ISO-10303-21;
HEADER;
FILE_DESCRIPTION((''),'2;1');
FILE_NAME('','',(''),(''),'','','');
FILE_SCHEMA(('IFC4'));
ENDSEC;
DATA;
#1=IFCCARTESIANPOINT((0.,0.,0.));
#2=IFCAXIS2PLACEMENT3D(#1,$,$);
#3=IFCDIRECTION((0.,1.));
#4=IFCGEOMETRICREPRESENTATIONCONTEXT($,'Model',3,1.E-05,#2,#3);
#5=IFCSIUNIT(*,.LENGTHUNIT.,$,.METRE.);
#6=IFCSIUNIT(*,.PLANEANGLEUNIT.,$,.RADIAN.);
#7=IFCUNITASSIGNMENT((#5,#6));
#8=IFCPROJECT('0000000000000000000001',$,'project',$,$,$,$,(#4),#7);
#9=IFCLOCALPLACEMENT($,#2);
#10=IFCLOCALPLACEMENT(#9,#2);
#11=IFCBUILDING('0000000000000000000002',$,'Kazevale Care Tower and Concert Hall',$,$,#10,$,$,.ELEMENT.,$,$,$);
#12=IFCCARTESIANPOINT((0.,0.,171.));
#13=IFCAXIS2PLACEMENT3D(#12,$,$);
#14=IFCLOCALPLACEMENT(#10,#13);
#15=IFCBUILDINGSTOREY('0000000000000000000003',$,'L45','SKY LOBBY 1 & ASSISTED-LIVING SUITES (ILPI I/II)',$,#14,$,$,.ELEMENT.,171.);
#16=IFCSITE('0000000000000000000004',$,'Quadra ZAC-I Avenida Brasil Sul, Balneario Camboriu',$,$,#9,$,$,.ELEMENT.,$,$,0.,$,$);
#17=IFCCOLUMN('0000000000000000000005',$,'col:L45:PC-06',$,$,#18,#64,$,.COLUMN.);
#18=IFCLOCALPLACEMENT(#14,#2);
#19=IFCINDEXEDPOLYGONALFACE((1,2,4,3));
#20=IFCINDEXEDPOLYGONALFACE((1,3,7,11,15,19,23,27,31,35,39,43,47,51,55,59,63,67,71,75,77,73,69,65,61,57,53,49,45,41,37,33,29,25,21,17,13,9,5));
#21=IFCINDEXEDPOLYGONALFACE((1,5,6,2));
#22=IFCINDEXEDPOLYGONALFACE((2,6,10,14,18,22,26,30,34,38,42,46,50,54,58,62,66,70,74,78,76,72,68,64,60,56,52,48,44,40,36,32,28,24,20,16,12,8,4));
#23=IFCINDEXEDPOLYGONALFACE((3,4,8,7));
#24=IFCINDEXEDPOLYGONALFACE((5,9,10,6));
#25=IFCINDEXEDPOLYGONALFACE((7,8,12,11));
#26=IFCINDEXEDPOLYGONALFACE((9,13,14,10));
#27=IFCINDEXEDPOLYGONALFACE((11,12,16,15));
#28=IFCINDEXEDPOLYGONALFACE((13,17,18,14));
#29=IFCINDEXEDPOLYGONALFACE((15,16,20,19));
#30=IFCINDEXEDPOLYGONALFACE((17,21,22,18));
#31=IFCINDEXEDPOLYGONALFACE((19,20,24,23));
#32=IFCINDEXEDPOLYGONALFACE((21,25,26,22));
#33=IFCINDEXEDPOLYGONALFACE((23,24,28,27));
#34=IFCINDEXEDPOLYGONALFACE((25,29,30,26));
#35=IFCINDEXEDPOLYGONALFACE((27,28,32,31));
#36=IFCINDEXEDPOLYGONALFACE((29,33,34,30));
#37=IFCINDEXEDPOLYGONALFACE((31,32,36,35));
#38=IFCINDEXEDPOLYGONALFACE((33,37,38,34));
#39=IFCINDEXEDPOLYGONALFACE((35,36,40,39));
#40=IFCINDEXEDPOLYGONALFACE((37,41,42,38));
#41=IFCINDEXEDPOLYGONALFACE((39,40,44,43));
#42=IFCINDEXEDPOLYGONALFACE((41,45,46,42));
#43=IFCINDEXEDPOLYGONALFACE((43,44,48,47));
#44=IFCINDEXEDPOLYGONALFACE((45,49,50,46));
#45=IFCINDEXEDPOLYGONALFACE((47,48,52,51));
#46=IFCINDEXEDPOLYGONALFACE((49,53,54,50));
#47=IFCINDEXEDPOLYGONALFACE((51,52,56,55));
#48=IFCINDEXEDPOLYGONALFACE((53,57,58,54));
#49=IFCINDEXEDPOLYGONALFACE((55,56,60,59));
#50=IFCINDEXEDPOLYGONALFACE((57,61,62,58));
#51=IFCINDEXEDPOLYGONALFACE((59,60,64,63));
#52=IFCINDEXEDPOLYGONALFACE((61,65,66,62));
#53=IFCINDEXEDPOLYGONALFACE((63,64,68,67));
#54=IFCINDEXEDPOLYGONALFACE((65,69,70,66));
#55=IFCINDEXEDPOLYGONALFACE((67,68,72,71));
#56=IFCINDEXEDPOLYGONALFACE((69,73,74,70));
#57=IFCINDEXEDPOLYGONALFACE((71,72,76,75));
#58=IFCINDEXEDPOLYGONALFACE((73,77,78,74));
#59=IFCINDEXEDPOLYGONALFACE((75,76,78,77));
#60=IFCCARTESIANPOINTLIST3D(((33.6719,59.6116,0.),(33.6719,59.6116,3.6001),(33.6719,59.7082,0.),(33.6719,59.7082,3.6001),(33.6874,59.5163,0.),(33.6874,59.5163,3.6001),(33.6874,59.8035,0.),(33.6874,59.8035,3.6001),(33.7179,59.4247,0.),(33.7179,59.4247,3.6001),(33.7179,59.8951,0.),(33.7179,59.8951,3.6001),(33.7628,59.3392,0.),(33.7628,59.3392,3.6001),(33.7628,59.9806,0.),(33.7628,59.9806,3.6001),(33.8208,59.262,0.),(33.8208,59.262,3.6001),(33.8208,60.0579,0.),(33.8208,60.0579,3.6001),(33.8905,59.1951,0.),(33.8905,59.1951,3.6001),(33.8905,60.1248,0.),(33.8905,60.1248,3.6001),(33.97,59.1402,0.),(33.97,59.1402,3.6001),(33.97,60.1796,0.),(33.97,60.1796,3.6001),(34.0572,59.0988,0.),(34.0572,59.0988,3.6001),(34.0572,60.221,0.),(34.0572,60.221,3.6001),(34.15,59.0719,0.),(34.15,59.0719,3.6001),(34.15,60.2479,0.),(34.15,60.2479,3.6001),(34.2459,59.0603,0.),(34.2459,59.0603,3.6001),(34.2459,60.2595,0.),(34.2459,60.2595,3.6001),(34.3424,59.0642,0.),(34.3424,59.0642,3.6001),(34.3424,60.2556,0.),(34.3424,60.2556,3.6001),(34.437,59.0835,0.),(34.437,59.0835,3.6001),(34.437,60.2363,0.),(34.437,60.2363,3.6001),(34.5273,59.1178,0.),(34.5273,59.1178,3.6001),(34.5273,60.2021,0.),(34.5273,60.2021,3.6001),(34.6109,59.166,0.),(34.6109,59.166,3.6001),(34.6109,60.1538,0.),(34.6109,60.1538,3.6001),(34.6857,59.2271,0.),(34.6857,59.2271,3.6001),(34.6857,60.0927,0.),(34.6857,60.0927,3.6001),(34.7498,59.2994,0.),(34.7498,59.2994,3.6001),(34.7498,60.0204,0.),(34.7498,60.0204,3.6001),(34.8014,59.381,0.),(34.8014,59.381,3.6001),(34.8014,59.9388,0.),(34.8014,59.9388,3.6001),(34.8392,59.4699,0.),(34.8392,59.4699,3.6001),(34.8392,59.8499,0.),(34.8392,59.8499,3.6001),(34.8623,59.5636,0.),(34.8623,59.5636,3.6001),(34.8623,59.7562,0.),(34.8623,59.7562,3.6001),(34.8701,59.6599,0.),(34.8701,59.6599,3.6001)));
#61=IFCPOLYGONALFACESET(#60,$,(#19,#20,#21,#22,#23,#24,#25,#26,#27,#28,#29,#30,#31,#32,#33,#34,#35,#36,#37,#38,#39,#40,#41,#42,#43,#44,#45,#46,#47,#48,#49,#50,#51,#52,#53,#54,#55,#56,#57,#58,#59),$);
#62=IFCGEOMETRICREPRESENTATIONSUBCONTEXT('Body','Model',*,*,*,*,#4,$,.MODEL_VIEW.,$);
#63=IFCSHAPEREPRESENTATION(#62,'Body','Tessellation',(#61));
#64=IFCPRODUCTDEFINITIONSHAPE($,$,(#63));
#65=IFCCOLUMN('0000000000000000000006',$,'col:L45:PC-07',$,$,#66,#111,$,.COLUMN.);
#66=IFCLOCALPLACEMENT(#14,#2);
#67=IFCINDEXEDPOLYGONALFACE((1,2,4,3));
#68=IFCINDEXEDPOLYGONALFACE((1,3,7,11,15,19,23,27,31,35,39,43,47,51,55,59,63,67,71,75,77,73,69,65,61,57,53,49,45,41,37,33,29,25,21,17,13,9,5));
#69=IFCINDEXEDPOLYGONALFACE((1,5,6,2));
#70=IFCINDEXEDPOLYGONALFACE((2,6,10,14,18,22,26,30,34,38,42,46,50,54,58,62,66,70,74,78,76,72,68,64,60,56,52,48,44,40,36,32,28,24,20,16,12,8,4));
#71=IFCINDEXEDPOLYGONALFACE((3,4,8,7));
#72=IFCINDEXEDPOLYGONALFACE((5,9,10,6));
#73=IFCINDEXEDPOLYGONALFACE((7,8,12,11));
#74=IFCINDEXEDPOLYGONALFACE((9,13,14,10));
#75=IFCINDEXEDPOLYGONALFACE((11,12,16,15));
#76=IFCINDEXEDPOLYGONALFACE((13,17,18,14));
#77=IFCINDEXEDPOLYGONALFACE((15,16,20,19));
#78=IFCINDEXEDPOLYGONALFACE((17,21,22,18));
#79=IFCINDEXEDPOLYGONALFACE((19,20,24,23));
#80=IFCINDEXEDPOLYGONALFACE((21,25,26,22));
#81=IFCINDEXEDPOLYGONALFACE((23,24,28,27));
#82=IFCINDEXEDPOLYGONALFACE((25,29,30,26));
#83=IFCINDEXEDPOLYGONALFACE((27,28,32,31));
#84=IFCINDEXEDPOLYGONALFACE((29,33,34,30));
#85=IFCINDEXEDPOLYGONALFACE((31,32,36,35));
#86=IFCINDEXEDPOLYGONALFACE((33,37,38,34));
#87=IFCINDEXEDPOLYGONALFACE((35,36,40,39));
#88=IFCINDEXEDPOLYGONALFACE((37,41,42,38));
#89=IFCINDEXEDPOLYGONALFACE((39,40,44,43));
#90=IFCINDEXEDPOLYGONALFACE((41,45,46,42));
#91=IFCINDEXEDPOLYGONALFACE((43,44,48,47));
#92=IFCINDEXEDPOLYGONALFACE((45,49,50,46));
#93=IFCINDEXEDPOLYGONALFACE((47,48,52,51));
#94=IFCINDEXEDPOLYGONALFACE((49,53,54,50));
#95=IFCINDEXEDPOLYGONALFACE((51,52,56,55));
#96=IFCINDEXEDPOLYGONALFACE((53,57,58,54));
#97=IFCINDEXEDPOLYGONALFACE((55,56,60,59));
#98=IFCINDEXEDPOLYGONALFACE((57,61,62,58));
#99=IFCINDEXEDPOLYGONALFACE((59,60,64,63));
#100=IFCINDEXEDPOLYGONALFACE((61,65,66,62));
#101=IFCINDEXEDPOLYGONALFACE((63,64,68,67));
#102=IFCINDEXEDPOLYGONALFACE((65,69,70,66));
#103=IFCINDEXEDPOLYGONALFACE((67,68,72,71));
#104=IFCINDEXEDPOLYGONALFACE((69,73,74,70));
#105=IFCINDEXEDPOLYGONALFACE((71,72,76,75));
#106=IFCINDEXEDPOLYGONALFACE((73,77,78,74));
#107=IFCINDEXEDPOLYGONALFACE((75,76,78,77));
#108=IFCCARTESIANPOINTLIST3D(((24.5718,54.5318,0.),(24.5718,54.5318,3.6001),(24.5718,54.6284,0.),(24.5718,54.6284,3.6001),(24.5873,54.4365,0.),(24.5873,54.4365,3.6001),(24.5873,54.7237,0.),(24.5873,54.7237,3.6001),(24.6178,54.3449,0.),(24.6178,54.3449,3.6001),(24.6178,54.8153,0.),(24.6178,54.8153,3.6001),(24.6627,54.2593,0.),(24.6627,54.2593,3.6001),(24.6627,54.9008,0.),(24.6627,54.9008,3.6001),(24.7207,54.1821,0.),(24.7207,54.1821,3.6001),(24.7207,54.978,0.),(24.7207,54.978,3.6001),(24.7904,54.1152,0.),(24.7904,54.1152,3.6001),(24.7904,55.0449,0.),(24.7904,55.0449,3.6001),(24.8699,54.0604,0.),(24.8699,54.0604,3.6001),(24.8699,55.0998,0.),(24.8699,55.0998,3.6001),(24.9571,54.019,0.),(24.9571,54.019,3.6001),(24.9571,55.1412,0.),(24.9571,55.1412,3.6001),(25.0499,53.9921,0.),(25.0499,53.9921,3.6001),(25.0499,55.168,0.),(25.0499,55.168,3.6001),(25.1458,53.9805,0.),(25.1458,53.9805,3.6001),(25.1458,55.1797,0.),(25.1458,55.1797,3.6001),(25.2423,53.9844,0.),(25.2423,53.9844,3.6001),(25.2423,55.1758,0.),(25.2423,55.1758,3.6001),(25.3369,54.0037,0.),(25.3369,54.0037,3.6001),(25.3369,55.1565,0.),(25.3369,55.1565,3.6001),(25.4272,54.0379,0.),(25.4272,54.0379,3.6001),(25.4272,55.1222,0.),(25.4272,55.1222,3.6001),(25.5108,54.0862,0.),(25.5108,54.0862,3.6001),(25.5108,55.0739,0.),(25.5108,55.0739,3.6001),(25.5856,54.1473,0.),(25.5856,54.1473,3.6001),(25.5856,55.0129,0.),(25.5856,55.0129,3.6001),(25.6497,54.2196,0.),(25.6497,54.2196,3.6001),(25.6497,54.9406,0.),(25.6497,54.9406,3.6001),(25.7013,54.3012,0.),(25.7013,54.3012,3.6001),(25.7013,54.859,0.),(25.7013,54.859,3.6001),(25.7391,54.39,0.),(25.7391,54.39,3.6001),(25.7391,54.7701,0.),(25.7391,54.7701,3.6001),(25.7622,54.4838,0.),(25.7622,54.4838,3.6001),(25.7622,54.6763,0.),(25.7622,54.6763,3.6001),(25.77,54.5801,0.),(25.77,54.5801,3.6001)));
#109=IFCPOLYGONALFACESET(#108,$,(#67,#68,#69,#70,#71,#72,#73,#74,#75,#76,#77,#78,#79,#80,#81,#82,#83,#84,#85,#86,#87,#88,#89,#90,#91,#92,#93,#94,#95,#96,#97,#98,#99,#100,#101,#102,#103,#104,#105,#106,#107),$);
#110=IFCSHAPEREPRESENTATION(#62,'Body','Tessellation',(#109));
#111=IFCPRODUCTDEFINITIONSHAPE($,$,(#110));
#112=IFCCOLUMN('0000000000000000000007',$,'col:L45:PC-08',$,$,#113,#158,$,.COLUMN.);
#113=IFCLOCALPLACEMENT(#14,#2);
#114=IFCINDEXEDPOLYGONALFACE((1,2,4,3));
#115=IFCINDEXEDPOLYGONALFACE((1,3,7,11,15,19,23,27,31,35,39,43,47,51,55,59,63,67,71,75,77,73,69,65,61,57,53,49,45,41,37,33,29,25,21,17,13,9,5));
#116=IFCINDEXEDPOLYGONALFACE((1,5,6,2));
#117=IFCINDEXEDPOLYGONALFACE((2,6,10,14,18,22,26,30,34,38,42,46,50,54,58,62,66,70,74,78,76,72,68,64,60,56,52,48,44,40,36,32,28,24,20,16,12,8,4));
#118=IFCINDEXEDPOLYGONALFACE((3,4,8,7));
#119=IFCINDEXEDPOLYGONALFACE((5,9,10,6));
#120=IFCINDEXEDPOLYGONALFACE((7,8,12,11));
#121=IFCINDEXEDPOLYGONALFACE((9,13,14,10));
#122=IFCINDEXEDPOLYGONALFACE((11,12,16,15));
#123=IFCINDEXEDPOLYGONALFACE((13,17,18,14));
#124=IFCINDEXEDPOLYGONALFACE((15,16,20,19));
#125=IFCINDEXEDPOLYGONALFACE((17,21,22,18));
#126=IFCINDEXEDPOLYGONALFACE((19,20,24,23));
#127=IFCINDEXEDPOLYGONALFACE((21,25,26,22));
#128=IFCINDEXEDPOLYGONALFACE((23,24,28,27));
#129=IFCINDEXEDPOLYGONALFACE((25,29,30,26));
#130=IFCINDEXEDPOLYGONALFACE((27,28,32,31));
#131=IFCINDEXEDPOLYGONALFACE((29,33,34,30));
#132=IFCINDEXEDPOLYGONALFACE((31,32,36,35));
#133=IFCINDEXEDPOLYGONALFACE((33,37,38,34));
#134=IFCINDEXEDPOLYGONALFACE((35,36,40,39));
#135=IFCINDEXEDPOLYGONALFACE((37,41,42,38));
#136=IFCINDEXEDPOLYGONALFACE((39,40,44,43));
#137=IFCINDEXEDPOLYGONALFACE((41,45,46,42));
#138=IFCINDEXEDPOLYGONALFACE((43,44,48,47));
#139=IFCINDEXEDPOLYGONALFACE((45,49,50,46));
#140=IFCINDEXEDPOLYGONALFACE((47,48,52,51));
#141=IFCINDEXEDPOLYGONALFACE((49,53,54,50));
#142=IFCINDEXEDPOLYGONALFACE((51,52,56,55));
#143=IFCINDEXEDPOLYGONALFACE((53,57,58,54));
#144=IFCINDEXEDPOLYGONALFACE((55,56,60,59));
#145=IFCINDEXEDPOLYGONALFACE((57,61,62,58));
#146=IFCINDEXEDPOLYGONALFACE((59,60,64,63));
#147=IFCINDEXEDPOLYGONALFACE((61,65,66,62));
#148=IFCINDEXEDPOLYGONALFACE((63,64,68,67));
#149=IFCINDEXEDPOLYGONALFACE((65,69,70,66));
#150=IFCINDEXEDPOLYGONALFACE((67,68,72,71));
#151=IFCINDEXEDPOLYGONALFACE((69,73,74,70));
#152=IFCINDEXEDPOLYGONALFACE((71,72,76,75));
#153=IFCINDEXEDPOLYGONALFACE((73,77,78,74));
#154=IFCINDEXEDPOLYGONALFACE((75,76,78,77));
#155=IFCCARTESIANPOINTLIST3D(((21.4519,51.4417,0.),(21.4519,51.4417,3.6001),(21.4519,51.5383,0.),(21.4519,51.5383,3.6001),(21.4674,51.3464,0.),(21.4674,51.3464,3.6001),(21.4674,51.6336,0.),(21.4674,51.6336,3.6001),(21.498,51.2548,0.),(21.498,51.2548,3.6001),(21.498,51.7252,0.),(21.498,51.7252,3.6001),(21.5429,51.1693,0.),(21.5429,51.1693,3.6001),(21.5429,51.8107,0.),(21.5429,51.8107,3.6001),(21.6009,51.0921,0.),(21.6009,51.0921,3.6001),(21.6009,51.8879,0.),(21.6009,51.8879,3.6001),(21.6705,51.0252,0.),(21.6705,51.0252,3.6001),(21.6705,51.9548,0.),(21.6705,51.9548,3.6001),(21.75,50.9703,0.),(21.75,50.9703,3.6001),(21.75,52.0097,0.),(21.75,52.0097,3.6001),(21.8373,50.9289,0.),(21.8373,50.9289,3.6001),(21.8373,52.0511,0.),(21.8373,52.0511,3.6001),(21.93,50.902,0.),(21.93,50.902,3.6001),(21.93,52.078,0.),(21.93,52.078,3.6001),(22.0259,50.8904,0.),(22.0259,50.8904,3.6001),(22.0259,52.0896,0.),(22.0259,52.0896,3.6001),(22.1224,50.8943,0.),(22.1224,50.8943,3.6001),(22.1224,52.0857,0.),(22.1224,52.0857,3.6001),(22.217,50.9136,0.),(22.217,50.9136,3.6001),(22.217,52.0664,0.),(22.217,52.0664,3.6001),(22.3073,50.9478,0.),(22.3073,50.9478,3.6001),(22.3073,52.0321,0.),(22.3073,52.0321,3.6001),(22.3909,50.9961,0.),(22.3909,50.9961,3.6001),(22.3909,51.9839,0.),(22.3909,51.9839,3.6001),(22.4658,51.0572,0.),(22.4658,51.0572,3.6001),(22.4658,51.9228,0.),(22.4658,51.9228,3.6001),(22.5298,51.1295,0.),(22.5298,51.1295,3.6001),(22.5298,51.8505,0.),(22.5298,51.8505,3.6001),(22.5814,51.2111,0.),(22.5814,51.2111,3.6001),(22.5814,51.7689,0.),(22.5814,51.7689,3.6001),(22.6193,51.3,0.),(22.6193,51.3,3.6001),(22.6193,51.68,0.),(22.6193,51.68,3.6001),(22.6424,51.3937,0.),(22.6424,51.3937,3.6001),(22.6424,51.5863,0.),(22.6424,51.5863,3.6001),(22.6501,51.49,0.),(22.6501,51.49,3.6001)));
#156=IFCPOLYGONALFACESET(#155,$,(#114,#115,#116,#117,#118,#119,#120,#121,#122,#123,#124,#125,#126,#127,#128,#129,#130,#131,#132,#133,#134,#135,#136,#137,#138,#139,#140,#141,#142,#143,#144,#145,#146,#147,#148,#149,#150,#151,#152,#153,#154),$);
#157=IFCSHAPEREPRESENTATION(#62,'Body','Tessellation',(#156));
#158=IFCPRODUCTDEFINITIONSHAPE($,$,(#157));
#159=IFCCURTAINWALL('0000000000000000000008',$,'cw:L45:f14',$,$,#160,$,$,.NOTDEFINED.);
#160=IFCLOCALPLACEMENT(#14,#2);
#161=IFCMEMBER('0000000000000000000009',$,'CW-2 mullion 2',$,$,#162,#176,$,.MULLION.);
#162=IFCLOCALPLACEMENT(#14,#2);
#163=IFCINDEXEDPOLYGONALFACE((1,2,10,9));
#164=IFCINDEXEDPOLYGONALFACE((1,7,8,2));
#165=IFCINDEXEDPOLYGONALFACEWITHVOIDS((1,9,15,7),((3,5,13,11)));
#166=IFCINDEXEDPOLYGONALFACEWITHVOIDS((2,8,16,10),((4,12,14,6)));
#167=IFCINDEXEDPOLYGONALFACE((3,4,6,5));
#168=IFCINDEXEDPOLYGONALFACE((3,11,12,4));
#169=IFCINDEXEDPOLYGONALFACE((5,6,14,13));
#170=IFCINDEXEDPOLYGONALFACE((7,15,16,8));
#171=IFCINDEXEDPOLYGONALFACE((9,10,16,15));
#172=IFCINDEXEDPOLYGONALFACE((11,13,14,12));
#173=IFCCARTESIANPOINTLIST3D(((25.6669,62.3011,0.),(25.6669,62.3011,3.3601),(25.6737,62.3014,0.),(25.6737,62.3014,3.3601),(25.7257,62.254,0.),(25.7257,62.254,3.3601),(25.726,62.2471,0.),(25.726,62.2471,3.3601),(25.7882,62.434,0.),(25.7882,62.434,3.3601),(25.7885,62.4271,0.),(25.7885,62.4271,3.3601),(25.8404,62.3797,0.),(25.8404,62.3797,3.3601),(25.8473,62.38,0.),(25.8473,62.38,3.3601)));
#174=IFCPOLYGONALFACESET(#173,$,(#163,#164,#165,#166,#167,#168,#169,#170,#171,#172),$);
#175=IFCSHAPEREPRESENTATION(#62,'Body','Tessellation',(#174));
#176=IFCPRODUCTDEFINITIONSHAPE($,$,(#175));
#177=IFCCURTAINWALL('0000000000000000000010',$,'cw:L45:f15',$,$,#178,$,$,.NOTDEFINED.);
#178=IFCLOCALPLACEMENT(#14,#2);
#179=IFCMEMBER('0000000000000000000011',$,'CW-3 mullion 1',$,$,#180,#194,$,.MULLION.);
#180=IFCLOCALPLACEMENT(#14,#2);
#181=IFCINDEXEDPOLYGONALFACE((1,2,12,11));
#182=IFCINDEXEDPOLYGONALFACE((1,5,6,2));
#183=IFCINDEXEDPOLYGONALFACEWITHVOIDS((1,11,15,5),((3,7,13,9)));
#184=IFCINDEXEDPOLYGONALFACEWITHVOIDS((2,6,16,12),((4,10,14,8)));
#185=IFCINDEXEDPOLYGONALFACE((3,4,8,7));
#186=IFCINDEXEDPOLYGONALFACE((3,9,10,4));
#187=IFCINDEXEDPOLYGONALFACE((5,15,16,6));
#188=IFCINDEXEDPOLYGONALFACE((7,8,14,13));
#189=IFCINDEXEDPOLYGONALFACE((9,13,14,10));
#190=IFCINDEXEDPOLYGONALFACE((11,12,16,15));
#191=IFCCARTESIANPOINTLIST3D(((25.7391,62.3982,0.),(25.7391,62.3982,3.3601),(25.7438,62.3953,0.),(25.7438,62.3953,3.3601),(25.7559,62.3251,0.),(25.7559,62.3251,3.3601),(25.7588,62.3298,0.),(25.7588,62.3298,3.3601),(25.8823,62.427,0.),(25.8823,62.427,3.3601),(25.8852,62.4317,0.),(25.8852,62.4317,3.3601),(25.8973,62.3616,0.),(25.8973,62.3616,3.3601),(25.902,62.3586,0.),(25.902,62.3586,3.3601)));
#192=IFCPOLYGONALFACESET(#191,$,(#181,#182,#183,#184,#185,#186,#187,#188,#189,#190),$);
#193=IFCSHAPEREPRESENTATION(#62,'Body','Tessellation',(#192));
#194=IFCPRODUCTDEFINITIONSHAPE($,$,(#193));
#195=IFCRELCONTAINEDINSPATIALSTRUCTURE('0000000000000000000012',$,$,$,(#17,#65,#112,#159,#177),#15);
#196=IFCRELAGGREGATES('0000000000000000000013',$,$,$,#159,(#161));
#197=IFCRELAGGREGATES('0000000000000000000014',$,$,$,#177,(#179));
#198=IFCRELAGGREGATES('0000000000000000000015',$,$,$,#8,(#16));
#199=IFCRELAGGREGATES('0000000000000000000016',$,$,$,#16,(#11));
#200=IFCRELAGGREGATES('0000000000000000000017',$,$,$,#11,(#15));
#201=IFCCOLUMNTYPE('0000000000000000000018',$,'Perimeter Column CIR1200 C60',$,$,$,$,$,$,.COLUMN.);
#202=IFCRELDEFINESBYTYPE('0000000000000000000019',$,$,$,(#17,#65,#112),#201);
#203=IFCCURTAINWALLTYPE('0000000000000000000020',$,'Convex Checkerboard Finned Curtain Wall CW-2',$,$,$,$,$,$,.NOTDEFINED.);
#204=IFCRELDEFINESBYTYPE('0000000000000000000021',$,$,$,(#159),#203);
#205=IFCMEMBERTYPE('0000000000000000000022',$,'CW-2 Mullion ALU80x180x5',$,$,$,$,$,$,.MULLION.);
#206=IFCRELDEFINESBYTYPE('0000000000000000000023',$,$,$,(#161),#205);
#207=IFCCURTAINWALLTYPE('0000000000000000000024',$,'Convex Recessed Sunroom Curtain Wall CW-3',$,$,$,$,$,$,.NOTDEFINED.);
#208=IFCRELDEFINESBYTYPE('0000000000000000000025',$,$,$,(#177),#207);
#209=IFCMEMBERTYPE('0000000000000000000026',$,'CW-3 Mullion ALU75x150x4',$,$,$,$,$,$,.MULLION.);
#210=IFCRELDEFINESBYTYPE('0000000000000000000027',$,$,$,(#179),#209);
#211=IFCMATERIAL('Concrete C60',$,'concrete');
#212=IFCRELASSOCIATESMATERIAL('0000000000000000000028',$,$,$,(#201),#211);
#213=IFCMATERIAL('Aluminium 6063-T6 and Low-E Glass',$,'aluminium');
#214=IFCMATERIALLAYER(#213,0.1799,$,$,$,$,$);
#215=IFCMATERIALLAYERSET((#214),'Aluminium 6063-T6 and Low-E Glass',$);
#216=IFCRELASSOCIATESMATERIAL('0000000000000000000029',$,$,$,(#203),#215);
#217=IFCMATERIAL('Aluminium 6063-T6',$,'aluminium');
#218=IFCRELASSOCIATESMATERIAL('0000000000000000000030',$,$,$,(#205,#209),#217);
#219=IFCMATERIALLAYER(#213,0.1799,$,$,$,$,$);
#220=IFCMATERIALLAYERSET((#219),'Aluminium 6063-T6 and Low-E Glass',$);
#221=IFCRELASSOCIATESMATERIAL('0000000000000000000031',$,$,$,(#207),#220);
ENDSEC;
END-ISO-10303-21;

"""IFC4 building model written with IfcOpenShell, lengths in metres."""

from ifc_helpers import new_model, si_unit, direction, frame, origin, origin_2d, place, context, subcontext, project, spatial, hollow_rectangle, circle, extrude, material, layer, layer_set, material_profile, profile_set, type_object, element, aggregate, save


model = new_model("IFC4")

# Units and contexts
model_context = context("Model", 3, precision=1e-05, world=origin(), true_north=direction((0.0, 1.0)))
body_context = subcontext(model_context, "Body", "Model", "MODEL_VIEW")
ifc_project = project(units=[si_unit("LENGTHUNIT", "METRE"), si_unit("PLANEANGLEUNIT", "RADIAN")], contexts=[model_context])

# Site, building, storey
site_placement = place(None, origin())
site = spatial("IfcSite", under=ifc_project, at=site_placement, Name="Quadra ZAC-I Avenida Brasil Sul, Balneario Camboriu", CompositionType="ELEMENT", RefElevation=0.0)
building_placement = place(site_placement, origin())
building = spatial("IfcBuilding", under=site, at=building_placement, Name="Kazevale Care Tower and Concert Hall", CompositionType="ELEMENT")
storey_placement = place(building_placement, frame((0.0, 0.0, 171.0)))
storey = spatial("IfcBuildingStorey", under=building, at=storey_placement, Name="L45", Description="SKY LOBBY 1 & ASSISTED-LIVING SUITES (ILPI I/II)", CompositionType="ELEMENT", Elevation=171.0)

# Columns
ifc_material_1 = material(Name="Concrete C60", Category="concrete")
ifc_material_profile_1 = material_profile(ifc_material_1, circle(Radius=0.6001, at=origin_2d()), Name="RC-CIR1200")
ifc_profile_set_1 = profile_set([ifc_material_profile_1], Name="Concrete C60")
column_type = type_object("IfcColumnType", Name="Perimeter Column CIR1200 C60", PredefinedType="COLUMN", material=ifc_profile_set_1)
for number, where, z_axis, x_axis, name in (
    (1, (34.27, 59.6599, 0.0), (0.0, 0.0, 1.0), (1.0, 0.0, 0.0), "col:L45:PC-06"),
    (2, (25.1699, 54.5801, 0.0), (0.0, 0.0, 1.0), (1.0, 0.0, 0.0), "col:L45:PC-07"),
    (3, (22.05, 51.49, 0.0), (0.0, 0.0, 1.0), (1.0, 0.0, 0.0), "col:L45:PC-08"),
):
    element("IfcColumn", number, at=place(storey_placement, frame(where, z_axis=z_axis, x_axis=x_axis)), inside=storey, type_object=column_type, Name=name, PredefinedType="COLUMN", context=body_context, shape_type="SweptSolid", body=[
        extrude(circle(Radius=0.6001, at=origin_2d()), origin(), (0.0, 0.0, 1.0), 3.6001),
    ])

# Curtain wall, member
ifc_material_2 = material(Name="Aluminium 6063-T6 and Low-E Glass", Category="aluminium")
ifc_layer_1 = layer(ifc_material_2, 0.1799)
ifc_layer_set_1 = layer_set([ifc_layer_1], Name="Aluminium 6063-T6 and Low-E Glass")
curtain_wall_type_1 = type_object("IfcCurtainWallType", Name="Convex Checkerboard Finned Curtain Wall CW-2", PredefinedType="NOTDEFINED", material=ifc_layer_set_1)
curtain_wall_1_placement = place(storey_placement, origin())
curtain_wall_1 = element("IfcCurtainWall", 4, at=curtain_wall_1_placement, inside=storey, type_object=curtain_wall_type_1, Name="cw:L45:f14", PredefinedType="NOTDEFINED")
ifc_material_3 = material(Name="Aluminium 6063-T6", Category="aluminium")
ifc_material_profile_2 = material_profile(ifc_material_3, hollow_rectangle(XDim=0.0801, YDim=0.1799, WallThickness=0.0049, at=origin_2d()), Name="ALU80x180x5")
ifc_profile_set_2 = profile_set([ifc_material_profile_2], Name="Aluminium 6063-T6")
member_type_1 = type_object("IfcMemberType", Name="CW-2 Mullion ALU80x180x5", PredefinedType="MULLION", material=ifc_profile_set_2)
member_1_placement = place(storey_placement, frame((25.7571, 62.3406, 0.0), z_axis=(0.0, 0.0, 1.0), x_axis=(-0.738492, 0.674262, 0.0)))
member_1 = element("IfcMember", 5, at=member_1_placement, type_object=member_type_1, Name="CW-2 mullion 2", PredefinedType="MULLION", context=body_context, shape_type="SweptSolid", body=[
    extrude(hollow_rectangle(XDim=0.0801, YDim=0.1799, WallThickness=0.0049, at=origin_2d()), origin(), (0.0, 0.0, 1.0), 3.3601),
])

# Curtain wall, member
ifc_layer_2 = layer(ifc_material_2, 0.1799)
ifc_layer_set_2 = layer_set([ifc_layer_2], Name="Aluminium 6063-T6 and Low-E Glass")
curtain_wall_type_2 = type_object("IfcCurtainWallType", Name="Convex Recessed Sunroom Curtain Wall CW-3", PredefinedType="NOTDEFINED", material=ifc_layer_set_2)
curtain_wall_2_placement = place(storey_placement, origin())
curtain_wall_2 = element("IfcCurtainWall", 6, at=curtain_wall_2_placement, inside=storey, type_object=curtain_wall_type_2, Name="cw:L45:f15", PredefinedType="NOTDEFINED")
ifc_material_profile_3 = material_profile(ifc_material_3, hollow_rectangle(XDim=0.075, YDim=0.1499, WallThickness=0.0039, at=origin_2d()), Name="ALU75x150x4")
ifc_profile_set_3 = profile_set([ifc_material_profile_3], Name="Aluminium 6063-T6")
member_type_2 = type_object("IfcMemberType", Name="CW-3 Mullion ALU75x150x4", PredefinedType="MULLION", material=ifc_profile_set_3)
member_2_placement = place(storey_placement, frame((25.8206, 62.3784, 0.0), z_axis=(0.0, 0.0, 1.0), x_axis=(-0.223567, 0.974688, 0.0)))
member_2 = element("IfcMember", 7, at=member_2_placement, type_object=member_type_2, Name="CW-3 mullion 1", PredefinedType="MULLION", context=body_context, shape_type="SweptSolid", body=[
    extrude(hollow_rectangle(XDim=0.075, YDim=0.1499, WallThickness=0.0039, at=origin_2d()), origin(), (0.0, 0.0, 1.0), 3.3601),
])

aggregate(curtain_wall_1, [member_1])
aggregate(curtain_wall_2, [member_2])

save(model, "model.ifc")
